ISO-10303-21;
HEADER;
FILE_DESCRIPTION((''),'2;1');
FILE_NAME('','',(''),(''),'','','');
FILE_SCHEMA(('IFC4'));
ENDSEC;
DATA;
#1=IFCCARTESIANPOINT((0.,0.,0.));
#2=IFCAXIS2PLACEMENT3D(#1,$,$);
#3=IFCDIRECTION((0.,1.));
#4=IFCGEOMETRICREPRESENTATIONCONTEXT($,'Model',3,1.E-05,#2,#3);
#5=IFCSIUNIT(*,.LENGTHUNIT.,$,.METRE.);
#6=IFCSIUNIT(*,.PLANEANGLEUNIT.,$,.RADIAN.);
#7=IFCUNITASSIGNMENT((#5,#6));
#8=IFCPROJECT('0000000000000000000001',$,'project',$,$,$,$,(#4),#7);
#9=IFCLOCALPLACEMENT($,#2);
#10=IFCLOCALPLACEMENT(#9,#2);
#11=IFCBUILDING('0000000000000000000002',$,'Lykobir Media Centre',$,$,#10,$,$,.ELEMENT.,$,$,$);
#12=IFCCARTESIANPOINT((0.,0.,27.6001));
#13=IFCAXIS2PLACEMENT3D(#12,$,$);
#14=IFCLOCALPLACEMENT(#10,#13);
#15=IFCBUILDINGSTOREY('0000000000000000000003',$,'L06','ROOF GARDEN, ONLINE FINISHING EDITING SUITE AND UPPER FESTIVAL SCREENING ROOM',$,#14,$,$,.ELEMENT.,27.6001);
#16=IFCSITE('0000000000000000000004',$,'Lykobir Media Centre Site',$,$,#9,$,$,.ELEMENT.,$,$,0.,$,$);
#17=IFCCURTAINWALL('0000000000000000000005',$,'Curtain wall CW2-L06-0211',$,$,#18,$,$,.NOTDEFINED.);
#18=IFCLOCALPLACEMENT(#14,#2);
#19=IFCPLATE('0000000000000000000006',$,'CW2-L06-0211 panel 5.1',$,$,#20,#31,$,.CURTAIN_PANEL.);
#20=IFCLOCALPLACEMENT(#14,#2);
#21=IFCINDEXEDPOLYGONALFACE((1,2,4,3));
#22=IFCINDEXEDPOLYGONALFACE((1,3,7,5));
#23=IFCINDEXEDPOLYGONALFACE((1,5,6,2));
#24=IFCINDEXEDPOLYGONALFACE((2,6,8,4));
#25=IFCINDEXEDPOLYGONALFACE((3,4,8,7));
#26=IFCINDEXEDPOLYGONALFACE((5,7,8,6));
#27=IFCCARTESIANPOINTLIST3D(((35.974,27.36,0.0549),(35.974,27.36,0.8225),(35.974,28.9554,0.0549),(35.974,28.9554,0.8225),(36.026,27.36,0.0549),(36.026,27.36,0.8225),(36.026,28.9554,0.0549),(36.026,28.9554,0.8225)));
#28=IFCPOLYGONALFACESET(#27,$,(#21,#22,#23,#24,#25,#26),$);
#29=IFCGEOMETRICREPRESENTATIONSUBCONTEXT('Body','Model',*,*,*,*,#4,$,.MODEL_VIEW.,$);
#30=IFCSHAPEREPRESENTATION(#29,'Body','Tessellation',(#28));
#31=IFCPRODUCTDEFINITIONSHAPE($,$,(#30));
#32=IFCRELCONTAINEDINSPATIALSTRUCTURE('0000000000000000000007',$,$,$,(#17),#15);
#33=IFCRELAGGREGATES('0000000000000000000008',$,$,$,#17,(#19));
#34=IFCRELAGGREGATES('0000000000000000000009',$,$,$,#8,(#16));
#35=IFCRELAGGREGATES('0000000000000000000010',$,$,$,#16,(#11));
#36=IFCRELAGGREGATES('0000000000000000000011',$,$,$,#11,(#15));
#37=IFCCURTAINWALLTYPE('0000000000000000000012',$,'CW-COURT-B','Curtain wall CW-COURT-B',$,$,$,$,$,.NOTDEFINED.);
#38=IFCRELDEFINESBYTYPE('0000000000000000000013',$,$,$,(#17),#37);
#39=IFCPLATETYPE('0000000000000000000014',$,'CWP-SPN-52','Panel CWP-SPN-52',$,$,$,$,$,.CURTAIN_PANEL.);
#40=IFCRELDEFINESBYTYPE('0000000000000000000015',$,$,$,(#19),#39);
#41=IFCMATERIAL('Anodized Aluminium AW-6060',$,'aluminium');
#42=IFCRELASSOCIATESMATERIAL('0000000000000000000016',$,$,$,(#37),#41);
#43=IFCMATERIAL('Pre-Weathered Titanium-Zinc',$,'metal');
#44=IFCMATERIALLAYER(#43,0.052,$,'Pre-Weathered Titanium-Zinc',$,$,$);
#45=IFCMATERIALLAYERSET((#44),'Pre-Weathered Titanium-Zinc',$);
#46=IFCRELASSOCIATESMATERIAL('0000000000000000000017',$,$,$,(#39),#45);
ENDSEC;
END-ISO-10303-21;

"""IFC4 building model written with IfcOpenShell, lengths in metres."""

from ifc_helpers import new_model, si_unit, direction, frame, origin, origin_2d, place, context, subcontext, project, spatial, rectangle, extrude, material, layer, layer_set, type_object, element, aggregate, save


model = new_model("IFC4")

# Units and contexts
model_context = context("Model", 3, precision=1e-05, world=origin(), true_north=direction((0.0, 1.0)))
body_context = subcontext(model_context, "Body", "Model", "MODEL_VIEW")
ifc_project = project(units=[si_unit("LENGTHUNIT", "METRE"), si_unit("PLANEANGLEUNIT", "RADIAN")], contexts=[model_context])

# Site, building, storey
site_placement = place(None, origin())
site = spatial("IfcSite", under=ifc_project, at=site_placement, Name="Lykobir Media Centre Site", CompositionType="ELEMENT", RefElevation=0.0)
building_placement = place(site_placement, origin())
building = spatial("IfcBuilding", under=site, at=building_placement, Name="Lykobir Media Centre", CompositionType="ELEMENT")
storey_placement = place(building_placement, frame((0.0, 0.0, 27.6001)))
storey = spatial("IfcBuildingStorey", under=building, at=storey_placement, Name="L06", Description="ROOF GARDEN, ONLINE FINISHING EDITING SUITE AND UPPER FESTIVAL SCREENING ROOM", CompositionType="ELEMENT", Elevation=27.6001)

# Curtain wall
ifc_material_1 = material(Name="Anodized Aluminium AW-6060", Category="aluminium")
curtain_wall_type = type_object("IfcCurtainWallType", Name="CW-COURT-B", Description="Curtain wall CW-COURT-B", PredefinedType="NOTDEFINED", material=ifc_material_1)
curtain_wall_1_placement = place(storey_placement, origin())
curtain_wall_1 = element("IfcCurtainWall", 1, at=curtain_wall_1_placement, inside=storey, type_object=curtain_wall_type, Name="Curtain wall CW2-L06-0211", PredefinedType="NOTDEFINED")

# Plate
ifc_material_2 = material(Name="Pre-Weathered Titanium-Zinc", Category="metal")
ifc_layer_1 = layer(ifc_material_2, 0.052, Name="Pre-Weathered Titanium-Zinc")
ifc_layer_set_1 = layer_set([ifc_layer_1], Name="Pre-Weathered Titanium-Zinc")
plate_type_1 = type_object("IfcPlateType", Name="CWP-SPN-52", Description="Panel CWP-SPN-52", PredefinedType="CURTAIN_PANEL", material=ifc_layer_set_1)
plate_1_placement = place(storey_placement, frame((36.0, 28.1577, 0.0549), z_axis=(0.0, 0.0, 1.0), x_axis=(0.0, -1.0, 0.0)))
plate_1 = element("IfcPlate", 2, at=plate_1_placement, type_object=plate_type_1, Name="CW2-L06-0211 panel 5.1", PredefinedType="CURTAIN_PANEL", context=body_context, shape_type="SweptSolid", body=[
    extrude(rectangle(XDim=1.5955, YDim=0.052, at=origin_2d()), origin(), (0.0, 0.0, 1.0), 0.7676),
])
aggregate(curtain_wall_1, [plate_1])

save(model, "model.ifc")
